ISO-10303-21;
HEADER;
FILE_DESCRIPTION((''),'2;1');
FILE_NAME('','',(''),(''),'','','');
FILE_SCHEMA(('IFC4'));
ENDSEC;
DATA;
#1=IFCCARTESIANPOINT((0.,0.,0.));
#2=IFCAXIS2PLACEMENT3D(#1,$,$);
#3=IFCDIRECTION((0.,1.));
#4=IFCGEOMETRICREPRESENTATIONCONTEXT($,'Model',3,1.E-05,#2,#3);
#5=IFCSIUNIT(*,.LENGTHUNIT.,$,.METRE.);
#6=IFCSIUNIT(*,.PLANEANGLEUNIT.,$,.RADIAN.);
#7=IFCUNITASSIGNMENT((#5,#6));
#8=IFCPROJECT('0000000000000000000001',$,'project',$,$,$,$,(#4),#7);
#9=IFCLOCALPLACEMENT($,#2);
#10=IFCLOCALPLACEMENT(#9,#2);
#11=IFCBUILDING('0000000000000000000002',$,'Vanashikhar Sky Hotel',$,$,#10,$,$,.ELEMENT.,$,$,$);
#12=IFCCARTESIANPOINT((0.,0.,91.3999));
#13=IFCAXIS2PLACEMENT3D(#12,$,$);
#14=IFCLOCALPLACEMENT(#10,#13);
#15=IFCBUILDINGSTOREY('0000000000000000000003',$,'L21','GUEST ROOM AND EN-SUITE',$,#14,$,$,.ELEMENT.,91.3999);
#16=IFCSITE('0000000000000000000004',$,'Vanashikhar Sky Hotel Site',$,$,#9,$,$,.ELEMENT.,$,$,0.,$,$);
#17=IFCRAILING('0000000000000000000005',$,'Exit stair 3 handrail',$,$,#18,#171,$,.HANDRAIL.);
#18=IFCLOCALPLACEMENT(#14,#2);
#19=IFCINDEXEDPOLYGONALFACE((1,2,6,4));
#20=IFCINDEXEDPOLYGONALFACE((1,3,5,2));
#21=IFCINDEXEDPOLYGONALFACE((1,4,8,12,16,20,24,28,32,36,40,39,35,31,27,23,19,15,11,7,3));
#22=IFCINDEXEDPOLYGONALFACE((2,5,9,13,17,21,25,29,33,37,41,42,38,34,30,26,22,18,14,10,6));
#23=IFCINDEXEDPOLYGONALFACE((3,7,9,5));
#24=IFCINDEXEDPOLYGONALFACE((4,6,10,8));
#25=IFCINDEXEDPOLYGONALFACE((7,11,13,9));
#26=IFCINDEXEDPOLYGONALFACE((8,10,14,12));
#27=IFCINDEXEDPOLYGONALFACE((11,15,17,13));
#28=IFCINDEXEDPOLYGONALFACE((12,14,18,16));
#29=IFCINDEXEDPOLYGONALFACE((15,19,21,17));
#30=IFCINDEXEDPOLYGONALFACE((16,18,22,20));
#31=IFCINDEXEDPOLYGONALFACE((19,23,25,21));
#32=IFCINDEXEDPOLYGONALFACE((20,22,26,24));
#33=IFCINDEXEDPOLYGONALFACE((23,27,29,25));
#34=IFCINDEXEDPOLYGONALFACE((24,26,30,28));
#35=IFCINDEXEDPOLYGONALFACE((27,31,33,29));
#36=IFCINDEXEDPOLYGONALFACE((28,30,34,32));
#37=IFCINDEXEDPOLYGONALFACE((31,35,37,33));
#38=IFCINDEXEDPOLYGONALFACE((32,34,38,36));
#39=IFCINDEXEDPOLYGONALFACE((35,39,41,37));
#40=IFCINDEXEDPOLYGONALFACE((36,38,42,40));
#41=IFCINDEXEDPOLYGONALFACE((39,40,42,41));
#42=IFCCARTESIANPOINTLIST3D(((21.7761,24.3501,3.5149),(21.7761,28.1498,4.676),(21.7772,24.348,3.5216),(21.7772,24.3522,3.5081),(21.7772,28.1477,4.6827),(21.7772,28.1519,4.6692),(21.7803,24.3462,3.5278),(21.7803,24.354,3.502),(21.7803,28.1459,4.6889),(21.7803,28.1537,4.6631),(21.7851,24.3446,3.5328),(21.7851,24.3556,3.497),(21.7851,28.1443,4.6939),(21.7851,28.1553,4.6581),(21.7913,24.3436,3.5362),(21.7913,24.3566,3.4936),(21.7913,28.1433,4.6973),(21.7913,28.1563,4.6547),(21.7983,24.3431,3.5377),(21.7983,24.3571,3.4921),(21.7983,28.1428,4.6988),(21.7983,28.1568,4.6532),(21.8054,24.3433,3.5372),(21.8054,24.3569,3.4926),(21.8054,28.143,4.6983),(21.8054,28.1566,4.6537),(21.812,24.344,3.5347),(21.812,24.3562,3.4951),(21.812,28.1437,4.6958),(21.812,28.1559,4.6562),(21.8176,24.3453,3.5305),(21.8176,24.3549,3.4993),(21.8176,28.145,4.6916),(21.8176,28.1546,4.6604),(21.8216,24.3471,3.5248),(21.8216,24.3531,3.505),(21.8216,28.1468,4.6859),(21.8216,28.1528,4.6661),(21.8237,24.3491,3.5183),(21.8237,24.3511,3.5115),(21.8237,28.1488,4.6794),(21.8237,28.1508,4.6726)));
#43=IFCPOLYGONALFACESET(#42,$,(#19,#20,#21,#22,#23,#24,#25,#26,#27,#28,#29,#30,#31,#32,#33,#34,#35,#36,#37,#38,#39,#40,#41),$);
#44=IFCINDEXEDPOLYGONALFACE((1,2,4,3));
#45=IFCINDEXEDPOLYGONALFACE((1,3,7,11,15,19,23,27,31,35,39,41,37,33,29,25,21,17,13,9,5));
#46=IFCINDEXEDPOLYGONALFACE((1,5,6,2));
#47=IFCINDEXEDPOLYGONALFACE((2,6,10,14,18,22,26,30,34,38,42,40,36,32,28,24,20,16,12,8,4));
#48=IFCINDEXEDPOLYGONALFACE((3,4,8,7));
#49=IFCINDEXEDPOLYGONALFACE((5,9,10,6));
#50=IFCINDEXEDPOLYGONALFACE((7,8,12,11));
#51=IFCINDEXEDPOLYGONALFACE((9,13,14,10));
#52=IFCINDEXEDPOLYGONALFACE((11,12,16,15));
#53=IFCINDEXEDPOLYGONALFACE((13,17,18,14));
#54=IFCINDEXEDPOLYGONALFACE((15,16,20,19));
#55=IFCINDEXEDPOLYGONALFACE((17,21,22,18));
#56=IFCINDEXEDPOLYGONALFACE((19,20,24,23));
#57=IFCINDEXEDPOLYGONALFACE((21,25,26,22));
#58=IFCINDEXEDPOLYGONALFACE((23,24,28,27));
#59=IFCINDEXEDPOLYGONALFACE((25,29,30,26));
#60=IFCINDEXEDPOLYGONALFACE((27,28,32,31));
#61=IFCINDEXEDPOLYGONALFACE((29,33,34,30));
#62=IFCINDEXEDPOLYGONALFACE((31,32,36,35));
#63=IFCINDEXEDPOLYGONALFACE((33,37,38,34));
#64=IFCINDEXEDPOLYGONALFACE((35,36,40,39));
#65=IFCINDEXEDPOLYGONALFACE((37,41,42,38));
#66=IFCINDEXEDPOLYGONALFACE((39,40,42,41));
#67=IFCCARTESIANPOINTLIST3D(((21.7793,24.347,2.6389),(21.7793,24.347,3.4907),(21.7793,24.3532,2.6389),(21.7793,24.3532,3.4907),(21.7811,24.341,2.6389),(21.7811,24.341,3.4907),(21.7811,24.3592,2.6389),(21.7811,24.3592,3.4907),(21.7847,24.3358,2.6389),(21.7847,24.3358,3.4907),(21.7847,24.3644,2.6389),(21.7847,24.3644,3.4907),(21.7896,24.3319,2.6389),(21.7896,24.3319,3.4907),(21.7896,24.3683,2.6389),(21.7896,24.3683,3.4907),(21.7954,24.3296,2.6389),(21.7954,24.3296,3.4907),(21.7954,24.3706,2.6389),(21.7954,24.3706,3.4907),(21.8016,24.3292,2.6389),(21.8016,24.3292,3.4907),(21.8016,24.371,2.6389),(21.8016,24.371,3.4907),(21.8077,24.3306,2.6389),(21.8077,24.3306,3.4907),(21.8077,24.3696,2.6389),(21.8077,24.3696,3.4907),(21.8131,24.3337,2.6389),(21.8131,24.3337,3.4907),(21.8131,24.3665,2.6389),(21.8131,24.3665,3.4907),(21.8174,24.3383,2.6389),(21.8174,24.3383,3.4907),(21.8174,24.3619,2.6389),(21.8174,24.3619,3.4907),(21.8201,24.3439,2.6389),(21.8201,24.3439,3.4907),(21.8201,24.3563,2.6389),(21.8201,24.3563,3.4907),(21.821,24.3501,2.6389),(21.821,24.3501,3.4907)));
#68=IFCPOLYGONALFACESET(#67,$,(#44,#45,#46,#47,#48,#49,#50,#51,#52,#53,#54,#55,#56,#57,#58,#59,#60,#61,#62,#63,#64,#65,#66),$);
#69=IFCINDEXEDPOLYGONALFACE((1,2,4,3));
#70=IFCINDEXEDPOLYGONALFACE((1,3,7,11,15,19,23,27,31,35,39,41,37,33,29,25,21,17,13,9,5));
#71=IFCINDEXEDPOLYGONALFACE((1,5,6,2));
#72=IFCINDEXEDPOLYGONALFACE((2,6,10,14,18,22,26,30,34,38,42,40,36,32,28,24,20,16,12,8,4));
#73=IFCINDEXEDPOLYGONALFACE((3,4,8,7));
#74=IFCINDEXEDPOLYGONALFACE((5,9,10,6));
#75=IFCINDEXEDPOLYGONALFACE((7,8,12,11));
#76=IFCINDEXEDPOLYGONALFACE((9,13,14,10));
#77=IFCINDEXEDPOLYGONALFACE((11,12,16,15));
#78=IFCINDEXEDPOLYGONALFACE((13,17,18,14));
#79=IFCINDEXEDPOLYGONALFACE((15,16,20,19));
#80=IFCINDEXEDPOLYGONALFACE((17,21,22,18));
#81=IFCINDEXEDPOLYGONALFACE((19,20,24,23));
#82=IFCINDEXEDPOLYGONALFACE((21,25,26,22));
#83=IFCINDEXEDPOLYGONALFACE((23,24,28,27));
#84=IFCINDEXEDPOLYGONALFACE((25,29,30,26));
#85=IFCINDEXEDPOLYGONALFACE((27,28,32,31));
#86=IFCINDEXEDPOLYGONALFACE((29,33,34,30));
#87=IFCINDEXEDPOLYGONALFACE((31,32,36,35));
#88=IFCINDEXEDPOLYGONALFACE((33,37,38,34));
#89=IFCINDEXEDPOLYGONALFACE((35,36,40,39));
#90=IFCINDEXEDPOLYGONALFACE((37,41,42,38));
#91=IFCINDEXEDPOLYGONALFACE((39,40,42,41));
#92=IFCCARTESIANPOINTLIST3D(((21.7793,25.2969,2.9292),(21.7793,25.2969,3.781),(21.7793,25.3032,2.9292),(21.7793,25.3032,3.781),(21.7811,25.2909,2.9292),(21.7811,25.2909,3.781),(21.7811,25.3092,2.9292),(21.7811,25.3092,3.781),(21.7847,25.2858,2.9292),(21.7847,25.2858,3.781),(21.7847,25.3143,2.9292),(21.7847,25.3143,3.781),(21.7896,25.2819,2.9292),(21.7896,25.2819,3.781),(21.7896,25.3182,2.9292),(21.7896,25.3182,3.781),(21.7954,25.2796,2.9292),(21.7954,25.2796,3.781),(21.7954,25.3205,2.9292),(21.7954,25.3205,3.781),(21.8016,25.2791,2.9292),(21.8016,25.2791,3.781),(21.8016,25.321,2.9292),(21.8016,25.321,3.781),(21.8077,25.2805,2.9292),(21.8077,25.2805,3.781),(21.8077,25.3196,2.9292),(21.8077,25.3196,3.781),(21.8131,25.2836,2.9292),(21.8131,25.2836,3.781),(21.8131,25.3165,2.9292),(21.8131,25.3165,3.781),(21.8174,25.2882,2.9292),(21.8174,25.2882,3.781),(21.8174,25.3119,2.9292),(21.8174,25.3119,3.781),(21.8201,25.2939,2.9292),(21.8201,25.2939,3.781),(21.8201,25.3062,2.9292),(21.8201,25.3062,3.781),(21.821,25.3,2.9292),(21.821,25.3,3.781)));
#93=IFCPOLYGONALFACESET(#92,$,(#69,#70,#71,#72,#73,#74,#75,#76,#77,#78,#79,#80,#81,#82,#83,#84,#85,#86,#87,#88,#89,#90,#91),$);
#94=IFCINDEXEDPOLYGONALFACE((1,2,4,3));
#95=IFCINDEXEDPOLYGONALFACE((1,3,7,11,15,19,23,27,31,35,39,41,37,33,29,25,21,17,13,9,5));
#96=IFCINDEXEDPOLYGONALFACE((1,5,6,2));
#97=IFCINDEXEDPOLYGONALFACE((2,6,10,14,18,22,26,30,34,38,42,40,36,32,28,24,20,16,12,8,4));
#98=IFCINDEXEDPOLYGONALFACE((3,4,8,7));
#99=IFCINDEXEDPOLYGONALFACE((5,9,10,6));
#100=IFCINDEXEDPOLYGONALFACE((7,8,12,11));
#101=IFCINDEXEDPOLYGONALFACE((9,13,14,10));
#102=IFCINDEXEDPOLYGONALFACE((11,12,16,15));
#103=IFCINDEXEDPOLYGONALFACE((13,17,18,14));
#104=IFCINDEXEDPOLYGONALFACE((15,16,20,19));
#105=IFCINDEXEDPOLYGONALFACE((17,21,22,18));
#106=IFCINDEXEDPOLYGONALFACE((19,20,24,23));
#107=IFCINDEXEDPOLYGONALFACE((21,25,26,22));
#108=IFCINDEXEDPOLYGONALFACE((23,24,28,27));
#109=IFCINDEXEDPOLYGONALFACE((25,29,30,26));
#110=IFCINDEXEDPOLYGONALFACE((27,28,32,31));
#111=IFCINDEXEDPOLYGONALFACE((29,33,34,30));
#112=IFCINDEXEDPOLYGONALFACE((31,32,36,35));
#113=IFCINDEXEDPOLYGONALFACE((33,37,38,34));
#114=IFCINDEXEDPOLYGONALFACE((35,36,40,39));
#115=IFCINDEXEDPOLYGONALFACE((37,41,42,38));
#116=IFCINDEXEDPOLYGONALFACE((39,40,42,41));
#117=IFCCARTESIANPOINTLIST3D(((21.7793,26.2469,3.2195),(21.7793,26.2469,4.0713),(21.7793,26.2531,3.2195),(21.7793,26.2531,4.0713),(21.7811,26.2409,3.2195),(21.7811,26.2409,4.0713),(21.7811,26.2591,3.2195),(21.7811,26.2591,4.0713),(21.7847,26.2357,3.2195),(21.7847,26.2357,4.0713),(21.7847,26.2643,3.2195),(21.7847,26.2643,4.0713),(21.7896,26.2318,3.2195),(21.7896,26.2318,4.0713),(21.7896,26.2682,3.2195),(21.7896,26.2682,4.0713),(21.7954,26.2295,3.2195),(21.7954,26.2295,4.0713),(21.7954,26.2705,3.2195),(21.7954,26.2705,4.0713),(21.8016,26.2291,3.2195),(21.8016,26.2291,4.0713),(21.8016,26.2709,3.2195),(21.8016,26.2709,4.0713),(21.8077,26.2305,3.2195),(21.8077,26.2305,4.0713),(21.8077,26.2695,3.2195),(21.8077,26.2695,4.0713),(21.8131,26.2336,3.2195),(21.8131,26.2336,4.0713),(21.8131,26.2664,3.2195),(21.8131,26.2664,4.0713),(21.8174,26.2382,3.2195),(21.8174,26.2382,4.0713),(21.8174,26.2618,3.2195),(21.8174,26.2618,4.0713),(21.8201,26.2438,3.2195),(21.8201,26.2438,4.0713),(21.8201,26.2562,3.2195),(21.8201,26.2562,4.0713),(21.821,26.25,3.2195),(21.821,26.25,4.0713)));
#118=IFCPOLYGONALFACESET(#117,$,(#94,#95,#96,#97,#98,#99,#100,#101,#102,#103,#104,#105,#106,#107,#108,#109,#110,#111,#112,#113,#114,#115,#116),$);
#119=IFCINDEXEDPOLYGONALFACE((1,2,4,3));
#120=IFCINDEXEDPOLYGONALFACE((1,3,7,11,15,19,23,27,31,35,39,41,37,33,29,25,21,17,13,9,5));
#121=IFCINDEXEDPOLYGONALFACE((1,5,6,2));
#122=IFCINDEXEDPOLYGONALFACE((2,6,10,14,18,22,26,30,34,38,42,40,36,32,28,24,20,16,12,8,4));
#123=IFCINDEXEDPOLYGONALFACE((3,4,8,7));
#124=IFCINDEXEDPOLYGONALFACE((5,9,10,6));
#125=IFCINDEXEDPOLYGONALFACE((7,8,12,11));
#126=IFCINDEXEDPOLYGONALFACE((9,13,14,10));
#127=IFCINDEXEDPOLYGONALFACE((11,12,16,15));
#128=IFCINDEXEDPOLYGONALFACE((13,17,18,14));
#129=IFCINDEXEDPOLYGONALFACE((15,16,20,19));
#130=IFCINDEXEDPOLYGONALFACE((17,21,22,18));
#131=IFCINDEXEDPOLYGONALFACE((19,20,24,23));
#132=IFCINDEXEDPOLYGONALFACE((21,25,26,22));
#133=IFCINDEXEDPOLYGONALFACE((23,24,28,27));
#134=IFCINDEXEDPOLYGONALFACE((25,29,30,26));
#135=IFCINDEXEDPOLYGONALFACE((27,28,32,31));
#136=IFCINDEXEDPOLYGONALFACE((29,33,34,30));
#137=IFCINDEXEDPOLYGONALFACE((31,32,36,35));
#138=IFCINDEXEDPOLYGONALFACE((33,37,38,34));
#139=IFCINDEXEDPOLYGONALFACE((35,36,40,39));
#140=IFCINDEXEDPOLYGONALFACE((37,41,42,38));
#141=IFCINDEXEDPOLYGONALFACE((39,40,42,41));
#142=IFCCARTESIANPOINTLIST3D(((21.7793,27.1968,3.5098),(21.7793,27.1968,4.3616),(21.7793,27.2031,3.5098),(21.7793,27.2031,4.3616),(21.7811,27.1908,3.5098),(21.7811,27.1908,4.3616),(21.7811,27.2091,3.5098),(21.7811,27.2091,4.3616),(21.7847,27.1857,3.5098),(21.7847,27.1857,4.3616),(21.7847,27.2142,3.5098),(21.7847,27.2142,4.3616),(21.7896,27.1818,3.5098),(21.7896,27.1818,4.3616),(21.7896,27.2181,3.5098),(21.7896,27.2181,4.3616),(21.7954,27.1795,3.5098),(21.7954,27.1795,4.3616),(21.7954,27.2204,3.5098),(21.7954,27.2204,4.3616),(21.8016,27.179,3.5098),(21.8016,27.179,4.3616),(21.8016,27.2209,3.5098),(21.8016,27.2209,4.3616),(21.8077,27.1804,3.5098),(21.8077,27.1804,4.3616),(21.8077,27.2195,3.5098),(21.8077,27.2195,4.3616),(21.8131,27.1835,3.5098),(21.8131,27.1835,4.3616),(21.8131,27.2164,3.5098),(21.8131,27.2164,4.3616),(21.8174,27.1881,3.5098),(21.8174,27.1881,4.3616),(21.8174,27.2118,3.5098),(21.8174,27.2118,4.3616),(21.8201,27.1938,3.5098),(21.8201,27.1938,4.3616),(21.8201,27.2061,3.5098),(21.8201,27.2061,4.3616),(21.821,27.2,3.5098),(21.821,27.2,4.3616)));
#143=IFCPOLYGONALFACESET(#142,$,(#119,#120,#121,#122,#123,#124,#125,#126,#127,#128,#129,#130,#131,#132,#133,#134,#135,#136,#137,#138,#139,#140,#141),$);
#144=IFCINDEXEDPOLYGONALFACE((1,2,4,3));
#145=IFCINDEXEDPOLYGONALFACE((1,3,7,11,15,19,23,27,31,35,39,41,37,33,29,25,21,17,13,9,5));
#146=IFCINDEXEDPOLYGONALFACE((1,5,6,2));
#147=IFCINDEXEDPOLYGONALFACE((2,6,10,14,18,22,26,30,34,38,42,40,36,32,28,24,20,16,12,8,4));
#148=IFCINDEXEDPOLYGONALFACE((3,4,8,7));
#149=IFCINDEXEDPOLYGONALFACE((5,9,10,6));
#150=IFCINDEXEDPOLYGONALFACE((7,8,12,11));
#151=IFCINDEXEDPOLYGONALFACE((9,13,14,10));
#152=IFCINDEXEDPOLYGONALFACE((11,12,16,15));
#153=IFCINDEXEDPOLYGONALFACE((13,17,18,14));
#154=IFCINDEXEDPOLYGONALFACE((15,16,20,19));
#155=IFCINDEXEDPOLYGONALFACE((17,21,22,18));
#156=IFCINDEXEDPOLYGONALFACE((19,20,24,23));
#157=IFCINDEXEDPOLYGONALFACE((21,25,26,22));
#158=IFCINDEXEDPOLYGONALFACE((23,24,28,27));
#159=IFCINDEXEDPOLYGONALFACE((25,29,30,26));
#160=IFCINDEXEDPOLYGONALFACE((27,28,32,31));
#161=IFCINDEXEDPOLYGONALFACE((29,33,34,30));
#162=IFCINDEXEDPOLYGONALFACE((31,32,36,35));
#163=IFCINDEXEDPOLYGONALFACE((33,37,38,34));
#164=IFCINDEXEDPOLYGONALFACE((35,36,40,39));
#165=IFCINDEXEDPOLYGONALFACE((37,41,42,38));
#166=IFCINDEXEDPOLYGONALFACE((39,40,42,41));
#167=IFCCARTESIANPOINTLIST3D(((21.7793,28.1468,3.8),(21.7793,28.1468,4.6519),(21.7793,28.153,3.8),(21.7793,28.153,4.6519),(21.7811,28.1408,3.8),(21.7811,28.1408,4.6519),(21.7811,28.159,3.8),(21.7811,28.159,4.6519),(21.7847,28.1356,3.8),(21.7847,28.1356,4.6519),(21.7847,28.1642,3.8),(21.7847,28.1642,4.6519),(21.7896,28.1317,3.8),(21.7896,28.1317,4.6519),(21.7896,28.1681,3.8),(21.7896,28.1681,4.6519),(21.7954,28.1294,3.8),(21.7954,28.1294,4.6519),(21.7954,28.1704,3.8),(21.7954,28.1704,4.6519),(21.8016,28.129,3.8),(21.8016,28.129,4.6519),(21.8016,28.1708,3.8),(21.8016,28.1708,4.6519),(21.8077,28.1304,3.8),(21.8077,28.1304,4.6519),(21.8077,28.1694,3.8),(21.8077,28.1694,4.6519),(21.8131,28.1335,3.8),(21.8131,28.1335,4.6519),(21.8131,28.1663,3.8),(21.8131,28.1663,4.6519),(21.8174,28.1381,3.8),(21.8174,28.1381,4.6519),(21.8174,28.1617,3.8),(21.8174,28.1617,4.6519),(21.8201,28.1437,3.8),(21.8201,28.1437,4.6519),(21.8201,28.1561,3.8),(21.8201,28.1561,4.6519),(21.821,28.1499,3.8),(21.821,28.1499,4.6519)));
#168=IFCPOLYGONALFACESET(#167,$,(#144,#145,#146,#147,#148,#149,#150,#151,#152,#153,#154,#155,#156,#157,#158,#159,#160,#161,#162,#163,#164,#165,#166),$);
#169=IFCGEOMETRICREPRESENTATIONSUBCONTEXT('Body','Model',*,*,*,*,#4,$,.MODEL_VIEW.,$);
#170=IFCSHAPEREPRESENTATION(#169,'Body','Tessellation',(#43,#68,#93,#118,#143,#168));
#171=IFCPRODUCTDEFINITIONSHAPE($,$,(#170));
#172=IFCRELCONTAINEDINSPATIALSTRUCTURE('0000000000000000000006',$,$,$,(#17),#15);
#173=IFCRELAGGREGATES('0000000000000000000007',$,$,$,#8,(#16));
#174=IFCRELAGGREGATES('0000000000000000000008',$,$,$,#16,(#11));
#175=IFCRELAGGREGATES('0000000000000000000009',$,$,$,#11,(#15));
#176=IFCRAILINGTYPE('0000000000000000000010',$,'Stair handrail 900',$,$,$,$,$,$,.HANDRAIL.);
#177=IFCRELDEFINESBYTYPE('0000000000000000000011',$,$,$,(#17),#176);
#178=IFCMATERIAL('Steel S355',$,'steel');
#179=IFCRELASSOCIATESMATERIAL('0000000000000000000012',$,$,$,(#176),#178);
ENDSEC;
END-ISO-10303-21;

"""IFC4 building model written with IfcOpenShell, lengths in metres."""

from ifc_helpers import new_model, si_unit, direction, frame, origin, origin_2d, place, context, subcontext, project, spatial, circle, extrude, source, transform, mapped, material, type_object, element, save


model = new_model("IFC4")

# Units and contexts
model_context = context("Model", 3, precision=1e-05, world=origin(), true_north=direction((0.0, 1.0)))
body_context = subcontext(model_context, "Body", "Model", "MODEL_VIEW")
ifc_project = project(units=[si_unit("LENGTHUNIT", "METRE"), si_unit("PLANEANGLEUNIT", "RADIAN")], contexts=[model_context])

# Site, building, storey
site_placement = place(None, origin())
site = spatial("IfcSite", under=ifc_project, at=site_placement, Name="Vanashikhar Sky Hotel Site", CompositionType="ELEMENT", RefElevation=0.0)
building_placement = place(site_placement, origin())
building = spatial("IfcBuilding", under=site, at=building_placement, Name="Vanashikhar Sky Hotel", CompositionType="ELEMENT")
storey_placement = place(building_placement, frame((0.0, 0.0, 91.3999)))
storey = spatial("IfcBuildingStorey", under=building, at=storey_placement, Name="L21", Description="GUEST ROOM AND EN-SUITE", CompositionType="ELEMENT", Elevation=91.3999)

# Railing
ifc_material_1 = material(Name="Steel S355", Category="steel")
railing_type_1 = type_object("IfcRailingType", Name="Stair handrail 900", PredefinedType="HANDRAIL", material=ifc_material_1)
shared_shape_1 = source(origin(), body_context, "Body", "SweptSolid", [
    extrude(circle(Radius=0.0239, at=origin_2d()), frame((0.0, 0.0, 0.876), z_axis=(0.0, 0.956346, 0.292237), x_axis=(-1.0, 0.0, 0.0)), (0.0, 0.0, 1.0), 3.9731),
    extrude(circle(Radius=0.021, at=origin_2d()), origin(), (0.0, 0.0, 1.0), 0.8518),
    extrude(circle(Radius=0.021, at=origin_2d()), frame((0.0, 0.95, 0.2903)), (0.0, 0.0, 1.0), 0.8518),
    extrude(circle(Radius=0.021, at=origin_2d()), frame((0.0, 1.8999, 0.5806)), (0.0, 0.0, 1.0), 0.8518),
    extrude(circle(Radius=0.021, at=origin_2d()), frame((0.0, 2.8499, 0.8708)), (0.0, 0.0, 1.0), 0.8518),
    extrude(circle(Radius=0.021, at=origin_2d()), frame((0.0, 3.7998, 1.1611)), (0.0, 0.0, 1.0), 0.8518),
])
for number, where, name in (
    (1, (21.8, 24.3501, 2.6389), "Exit stair 3 handrail"),
):
    element("IfcRailing", number, at=place(storey_placement, frame(where)), inside=storey, type_object=railing_type_1, Name=name, PredefinedType="HANDRAIL", context=body_context, shape_type="MappedRepresentation", body=[
        mapped(shared_shape_1, transform((0.0, 0.0, 0.0), scale=1.0)),
    ])

save(model, "model.ifc")
